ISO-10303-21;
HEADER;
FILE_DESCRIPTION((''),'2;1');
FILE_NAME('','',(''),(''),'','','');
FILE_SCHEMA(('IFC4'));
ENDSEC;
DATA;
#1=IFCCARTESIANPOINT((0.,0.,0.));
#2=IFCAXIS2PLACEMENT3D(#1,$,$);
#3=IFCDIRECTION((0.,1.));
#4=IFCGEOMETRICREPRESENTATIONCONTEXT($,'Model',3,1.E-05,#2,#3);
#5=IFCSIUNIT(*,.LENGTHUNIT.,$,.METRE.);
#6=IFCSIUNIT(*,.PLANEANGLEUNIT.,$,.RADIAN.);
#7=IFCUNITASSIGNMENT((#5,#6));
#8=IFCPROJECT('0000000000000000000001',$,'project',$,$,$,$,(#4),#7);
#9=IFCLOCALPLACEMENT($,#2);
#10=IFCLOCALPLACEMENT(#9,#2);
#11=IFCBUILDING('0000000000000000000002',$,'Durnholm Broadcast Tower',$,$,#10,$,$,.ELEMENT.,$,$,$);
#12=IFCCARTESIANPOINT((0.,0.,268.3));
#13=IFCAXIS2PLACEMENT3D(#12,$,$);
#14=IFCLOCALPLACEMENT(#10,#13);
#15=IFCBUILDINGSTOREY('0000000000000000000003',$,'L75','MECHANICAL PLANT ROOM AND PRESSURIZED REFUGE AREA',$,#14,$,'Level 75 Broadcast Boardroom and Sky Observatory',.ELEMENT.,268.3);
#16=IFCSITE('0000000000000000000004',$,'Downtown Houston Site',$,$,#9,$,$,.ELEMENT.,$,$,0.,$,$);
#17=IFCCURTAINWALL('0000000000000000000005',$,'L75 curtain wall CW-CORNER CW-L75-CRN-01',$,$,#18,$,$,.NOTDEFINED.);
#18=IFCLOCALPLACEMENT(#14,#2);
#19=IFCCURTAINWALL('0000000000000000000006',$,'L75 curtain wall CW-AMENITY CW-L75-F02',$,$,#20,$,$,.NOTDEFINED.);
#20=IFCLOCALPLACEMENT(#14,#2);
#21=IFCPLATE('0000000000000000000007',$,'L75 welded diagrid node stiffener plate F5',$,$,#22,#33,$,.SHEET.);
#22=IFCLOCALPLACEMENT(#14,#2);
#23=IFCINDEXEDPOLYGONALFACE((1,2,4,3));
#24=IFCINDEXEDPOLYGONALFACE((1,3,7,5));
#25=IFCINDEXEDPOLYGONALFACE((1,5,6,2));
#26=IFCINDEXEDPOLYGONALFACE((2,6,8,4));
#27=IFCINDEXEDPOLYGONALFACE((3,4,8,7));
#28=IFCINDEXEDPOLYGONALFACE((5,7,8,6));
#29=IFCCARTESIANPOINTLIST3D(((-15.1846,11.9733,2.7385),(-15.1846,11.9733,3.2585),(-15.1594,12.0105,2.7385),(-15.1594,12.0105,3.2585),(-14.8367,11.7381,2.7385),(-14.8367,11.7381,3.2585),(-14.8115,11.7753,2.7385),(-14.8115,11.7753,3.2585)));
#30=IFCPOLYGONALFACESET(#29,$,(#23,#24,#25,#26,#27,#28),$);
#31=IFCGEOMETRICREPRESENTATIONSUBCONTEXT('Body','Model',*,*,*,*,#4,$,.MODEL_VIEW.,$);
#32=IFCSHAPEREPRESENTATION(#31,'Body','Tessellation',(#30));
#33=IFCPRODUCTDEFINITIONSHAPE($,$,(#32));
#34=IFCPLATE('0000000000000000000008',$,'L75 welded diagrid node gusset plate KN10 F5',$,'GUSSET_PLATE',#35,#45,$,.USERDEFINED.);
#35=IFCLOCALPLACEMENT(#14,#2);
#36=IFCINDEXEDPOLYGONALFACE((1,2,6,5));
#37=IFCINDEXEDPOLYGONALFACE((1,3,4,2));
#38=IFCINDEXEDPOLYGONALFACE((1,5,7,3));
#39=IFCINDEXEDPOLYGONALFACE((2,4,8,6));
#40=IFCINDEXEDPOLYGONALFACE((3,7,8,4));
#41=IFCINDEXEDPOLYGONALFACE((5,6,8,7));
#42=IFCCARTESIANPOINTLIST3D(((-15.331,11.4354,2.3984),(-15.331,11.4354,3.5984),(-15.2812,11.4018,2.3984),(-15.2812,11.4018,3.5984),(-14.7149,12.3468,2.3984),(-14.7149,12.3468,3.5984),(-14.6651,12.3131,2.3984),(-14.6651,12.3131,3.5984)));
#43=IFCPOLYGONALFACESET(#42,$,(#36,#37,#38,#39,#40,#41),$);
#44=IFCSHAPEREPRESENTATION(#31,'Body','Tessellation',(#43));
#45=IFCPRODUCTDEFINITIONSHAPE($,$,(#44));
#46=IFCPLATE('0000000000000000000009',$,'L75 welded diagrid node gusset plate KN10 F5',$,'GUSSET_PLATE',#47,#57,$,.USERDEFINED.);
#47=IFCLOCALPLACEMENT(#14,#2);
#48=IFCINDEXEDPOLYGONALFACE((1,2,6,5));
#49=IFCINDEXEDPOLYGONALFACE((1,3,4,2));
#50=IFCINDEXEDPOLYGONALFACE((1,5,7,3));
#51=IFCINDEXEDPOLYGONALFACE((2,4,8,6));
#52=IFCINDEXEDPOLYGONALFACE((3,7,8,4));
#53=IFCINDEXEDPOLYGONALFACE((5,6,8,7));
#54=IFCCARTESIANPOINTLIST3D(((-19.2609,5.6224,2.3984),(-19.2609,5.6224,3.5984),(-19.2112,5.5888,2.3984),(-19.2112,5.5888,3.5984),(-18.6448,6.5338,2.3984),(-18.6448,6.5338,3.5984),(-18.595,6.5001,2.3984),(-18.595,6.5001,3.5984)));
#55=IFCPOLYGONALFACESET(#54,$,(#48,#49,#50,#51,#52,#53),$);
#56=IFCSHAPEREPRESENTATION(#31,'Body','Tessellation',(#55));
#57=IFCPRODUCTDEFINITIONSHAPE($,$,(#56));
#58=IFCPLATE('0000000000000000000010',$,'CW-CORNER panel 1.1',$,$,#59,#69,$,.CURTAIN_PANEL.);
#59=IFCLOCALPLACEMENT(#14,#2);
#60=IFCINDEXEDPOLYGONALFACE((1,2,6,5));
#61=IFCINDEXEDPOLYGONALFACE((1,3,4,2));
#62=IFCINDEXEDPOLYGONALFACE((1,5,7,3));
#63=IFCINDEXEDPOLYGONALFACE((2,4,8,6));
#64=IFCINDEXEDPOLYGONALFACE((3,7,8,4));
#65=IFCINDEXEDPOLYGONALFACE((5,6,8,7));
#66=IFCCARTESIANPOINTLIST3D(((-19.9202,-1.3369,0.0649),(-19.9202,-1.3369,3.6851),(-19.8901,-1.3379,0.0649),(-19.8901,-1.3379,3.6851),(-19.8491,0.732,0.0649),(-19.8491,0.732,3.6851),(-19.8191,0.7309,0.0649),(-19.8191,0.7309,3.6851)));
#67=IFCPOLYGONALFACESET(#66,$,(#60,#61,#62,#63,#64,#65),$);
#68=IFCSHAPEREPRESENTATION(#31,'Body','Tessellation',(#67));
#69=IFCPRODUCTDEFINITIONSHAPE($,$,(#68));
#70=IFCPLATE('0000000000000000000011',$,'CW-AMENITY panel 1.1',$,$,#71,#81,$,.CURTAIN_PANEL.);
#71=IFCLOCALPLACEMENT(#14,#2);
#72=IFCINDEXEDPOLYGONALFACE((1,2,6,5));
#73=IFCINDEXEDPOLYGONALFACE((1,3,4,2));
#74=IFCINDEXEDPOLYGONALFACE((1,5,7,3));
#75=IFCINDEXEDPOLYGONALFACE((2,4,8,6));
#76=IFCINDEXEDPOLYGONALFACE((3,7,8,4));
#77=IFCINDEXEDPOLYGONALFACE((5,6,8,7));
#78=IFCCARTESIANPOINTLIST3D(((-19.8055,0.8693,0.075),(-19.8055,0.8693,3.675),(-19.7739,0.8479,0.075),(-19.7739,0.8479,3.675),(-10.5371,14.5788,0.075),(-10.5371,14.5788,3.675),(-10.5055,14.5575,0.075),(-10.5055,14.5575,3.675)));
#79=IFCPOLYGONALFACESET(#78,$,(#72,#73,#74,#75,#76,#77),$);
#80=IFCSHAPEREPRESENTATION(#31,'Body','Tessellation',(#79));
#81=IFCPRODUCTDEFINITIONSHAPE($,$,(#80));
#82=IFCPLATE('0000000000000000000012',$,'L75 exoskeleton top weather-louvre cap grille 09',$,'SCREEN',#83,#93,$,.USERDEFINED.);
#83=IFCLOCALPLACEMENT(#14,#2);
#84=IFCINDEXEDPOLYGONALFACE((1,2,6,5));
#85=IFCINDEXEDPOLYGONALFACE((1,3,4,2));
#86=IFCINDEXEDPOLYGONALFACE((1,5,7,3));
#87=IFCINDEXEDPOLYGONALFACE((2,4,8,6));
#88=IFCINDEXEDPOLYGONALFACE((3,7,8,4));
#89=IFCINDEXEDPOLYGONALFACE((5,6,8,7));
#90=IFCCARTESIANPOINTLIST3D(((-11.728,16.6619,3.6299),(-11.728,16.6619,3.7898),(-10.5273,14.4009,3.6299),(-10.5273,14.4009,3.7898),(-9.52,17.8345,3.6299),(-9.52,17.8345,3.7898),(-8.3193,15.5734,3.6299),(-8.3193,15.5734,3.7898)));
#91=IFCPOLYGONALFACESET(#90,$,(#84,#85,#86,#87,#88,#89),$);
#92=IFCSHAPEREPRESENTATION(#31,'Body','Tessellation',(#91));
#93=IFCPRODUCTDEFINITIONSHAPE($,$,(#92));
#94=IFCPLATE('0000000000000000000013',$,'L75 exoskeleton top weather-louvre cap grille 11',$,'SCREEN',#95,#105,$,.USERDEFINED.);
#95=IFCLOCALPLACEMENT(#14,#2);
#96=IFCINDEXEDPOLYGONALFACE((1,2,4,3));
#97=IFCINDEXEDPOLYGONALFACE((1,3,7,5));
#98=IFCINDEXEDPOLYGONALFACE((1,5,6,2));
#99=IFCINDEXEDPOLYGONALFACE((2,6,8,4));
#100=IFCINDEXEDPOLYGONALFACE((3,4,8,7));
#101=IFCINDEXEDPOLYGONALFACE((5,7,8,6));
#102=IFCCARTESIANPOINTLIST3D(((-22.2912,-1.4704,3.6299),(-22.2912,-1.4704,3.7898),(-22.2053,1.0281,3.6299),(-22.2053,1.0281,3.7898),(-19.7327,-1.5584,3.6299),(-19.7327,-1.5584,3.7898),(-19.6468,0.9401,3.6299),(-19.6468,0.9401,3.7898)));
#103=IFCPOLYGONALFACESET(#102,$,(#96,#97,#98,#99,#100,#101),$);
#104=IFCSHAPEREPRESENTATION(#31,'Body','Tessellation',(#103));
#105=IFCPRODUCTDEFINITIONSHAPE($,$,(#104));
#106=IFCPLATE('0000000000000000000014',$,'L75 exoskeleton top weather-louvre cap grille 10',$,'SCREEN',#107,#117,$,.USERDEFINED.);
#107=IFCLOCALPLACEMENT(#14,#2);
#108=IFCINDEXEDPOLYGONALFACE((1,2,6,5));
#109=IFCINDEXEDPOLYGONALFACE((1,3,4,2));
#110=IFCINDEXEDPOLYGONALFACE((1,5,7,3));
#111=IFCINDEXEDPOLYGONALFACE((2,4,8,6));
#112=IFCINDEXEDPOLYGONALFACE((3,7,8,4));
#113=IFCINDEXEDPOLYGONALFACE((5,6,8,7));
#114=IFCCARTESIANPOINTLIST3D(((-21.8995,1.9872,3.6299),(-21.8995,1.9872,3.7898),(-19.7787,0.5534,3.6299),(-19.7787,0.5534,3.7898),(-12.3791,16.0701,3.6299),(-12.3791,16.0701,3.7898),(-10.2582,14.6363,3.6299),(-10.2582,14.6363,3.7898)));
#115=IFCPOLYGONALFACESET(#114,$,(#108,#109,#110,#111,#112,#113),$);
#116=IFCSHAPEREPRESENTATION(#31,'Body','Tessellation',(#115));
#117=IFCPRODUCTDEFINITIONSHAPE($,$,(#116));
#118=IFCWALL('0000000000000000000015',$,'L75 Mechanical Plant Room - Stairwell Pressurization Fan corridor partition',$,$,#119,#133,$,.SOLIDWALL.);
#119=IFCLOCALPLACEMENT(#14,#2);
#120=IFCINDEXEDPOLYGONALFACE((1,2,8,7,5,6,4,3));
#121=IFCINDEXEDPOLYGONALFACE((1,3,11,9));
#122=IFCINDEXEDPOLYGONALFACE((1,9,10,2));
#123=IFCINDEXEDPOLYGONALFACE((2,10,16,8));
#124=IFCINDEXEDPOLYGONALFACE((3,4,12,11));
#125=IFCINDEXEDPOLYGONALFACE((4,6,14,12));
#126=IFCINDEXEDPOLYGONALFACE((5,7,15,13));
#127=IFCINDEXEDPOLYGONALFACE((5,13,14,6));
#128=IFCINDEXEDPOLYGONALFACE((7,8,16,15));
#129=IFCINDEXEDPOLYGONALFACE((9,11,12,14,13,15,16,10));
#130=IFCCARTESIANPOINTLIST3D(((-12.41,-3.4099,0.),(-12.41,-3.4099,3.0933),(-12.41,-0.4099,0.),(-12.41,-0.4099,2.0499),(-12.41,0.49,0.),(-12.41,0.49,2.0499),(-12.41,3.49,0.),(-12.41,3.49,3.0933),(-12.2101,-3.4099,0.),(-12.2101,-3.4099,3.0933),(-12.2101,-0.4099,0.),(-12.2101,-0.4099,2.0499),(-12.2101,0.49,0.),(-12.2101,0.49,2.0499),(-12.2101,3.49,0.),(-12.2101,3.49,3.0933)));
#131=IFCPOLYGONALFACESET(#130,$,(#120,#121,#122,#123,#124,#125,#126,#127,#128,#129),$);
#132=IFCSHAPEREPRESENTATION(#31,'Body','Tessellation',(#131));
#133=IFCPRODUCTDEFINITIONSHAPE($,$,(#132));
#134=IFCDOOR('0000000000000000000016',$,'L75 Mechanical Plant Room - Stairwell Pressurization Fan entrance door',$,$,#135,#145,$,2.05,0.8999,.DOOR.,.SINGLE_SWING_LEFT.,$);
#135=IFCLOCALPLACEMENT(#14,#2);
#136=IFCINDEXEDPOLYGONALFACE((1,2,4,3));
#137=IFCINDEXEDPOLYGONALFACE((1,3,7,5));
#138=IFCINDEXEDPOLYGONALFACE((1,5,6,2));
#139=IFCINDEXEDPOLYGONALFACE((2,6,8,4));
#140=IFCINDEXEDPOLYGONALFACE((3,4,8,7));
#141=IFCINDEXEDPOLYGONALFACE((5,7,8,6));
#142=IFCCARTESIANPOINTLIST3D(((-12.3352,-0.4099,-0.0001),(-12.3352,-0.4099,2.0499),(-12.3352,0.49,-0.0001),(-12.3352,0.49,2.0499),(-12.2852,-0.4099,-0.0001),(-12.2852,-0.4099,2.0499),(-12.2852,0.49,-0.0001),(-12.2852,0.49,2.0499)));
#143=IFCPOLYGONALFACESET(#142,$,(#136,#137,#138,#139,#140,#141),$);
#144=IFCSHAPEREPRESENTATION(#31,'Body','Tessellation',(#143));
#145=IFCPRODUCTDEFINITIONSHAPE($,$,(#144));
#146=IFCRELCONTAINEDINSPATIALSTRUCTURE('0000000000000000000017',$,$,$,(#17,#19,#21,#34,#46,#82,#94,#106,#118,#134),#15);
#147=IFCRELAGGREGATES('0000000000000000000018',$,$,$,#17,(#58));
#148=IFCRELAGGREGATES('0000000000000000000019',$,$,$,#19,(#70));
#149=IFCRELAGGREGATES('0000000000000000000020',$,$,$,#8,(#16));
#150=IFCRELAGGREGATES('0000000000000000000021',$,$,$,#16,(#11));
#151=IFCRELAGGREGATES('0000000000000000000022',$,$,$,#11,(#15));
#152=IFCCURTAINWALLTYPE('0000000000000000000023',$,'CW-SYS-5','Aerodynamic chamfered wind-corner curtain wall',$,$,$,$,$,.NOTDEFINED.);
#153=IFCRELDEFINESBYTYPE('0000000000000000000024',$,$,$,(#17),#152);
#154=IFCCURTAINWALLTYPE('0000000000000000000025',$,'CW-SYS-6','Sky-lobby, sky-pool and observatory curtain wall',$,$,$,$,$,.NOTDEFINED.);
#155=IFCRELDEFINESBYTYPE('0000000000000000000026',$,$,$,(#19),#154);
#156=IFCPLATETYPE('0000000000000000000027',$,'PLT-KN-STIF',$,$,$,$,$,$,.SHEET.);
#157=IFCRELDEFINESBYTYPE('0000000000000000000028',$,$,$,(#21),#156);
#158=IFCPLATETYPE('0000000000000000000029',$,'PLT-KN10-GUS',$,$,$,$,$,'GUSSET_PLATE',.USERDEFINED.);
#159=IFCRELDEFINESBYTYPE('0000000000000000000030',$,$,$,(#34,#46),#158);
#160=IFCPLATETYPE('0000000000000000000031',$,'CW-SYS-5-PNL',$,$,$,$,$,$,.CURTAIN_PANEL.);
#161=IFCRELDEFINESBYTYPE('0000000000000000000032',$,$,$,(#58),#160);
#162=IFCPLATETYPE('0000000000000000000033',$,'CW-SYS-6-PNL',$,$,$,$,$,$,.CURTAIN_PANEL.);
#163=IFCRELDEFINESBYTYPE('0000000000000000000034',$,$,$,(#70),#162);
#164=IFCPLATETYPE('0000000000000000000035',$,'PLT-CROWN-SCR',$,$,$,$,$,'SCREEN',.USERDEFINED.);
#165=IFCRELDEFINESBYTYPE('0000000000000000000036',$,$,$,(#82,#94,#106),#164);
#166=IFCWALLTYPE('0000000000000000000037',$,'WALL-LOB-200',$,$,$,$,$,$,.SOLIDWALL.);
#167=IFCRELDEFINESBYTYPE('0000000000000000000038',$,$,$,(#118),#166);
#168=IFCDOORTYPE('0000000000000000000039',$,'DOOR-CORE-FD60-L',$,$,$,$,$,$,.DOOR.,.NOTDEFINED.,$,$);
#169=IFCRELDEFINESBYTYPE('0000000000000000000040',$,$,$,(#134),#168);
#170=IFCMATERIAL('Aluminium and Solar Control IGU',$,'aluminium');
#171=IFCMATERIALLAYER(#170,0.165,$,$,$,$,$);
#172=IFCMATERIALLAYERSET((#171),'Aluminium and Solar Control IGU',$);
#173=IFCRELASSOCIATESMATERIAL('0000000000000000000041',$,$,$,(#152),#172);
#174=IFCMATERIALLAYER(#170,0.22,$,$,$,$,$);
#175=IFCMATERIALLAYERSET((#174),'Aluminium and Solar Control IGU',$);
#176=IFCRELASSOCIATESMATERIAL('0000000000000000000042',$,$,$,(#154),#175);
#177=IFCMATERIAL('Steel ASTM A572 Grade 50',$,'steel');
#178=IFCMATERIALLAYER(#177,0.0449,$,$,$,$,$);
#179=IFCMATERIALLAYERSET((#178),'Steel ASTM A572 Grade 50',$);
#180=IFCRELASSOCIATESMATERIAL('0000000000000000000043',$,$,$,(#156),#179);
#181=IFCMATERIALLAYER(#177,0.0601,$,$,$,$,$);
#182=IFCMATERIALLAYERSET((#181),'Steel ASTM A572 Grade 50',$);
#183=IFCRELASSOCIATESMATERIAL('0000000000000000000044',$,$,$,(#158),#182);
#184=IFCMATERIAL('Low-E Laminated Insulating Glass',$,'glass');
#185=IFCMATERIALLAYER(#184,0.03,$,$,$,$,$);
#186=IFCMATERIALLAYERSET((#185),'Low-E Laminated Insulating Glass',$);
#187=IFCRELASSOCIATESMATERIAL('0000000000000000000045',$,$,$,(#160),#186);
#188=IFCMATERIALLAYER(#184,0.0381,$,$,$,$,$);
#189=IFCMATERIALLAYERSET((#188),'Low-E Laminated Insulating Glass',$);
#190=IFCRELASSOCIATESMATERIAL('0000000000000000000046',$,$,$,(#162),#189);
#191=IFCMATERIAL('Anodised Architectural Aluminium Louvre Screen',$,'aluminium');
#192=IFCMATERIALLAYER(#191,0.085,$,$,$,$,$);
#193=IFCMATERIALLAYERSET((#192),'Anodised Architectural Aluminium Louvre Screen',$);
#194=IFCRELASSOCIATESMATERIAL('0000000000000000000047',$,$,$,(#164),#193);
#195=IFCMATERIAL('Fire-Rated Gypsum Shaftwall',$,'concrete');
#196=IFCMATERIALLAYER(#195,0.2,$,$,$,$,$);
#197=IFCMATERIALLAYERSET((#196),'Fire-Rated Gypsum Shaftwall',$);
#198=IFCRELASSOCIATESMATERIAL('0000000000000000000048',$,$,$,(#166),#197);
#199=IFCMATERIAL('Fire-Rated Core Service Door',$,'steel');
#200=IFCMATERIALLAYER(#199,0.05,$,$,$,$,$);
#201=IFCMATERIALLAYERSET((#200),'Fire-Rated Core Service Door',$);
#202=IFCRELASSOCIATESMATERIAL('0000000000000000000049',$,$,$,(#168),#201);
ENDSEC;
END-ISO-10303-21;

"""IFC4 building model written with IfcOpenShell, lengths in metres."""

from ifc_helpers import new_model, si_unit, direction, frame, frame_2d, origin, origin_2d, place, context, subcontext, project, spatial, rectangle, extrude, source, transform, mapped, material, layer, layer_set, type_object, type_shapes, element, fill, aggregate, save


model = new_model("IFC4")

# Units and contexts
model_context = context("Model", 3, precision=1e-05, world=origin(), true_north=direction((0.0, 1.0)))
body_context = subcontext(model_context, "Body", "Model", "MODEL_VIEW")
ifc_project = project(units=[si_unit("LENGTHUNIT", "METRE"), si_unit("PLANEANGLEUNIT", "RADIAN")], contexts=[model_context])

# Site, building, storey
site_placement = place(None, origin())
site = spatial("IfcSite", under=ifc_project, at=site_placement, Name="Downtown Houston Site", CompositionType="ELEMENT", RefElevation=0.0)
building_placement = place(site_placement, origin())
building = spatial("IfcBuilding", under=site, at=building_placement, Name="Durnholm Broadcast Tower", CompositionType="ELEMENT")
storey_placement = place(building_placement, frame((0.0, 0.0, 268.3)))
storey = spatial("IfcBuildingStorey", under=building, at=storey_placement, Name="L75", Description="MECHANICAL PLANT ROOM AND PRESSURIZED REFUGE AREA", LongName="Level 75 Broadcast Boardroom and Sky Observatory", CompositionType="ELEMENT", Elevation=268.3)

# Curtain wall
ifc_material_1 = material(Name="Aluminium and Solar Control IGU", Category="aluminium")
ifc_layer_1 = layer(ifc_material_1, 0.165)
ifc_layer_set_1 = layer_set([ifc_layer_1], Name="Aluminium and Solar Control IGU")
curtain_wall_type_1 = type_object("IfcCurtainWallType", Name="CW-SYS-5", Description="Aerodynamic chamfered wind-corner curtain wall", PredefinedType="NOTDEFINED", material=ifc_layer_set_1)
curtain_wall_1_placement = place(storey_placement, origin())
curtain_wall_1 = element("IfcCurtainWall", 1, at=curtain_wall_1_placement, inside=storey, type_object=curtain_wall_type_1, Name="L75 curtain wall CW-CORNER CW-L75-CRN-01", PredefinedType="NOTDEFINED")

# Curtain wall
ifc_layer_2 = layer(ifc_material_1, 0.22)
ifc_layer_set_2 = layer_set([ifc_layer_2], Name="Aluminium and Solar Control IGU")
curtain_wall_type_2 = type_object("IfcCurtainWallType", Name="CW-SYS-6", Description="Sky-lobby, sky-pool and observatory curtain wall", PredefinedType="NOTDEFINED", material=ifc_layer_set_2)
curtain_wall_2_placement = place(storey_placement, origin())
curtain_wall_2 = element("IfcCurtainWall", 2, at=curtain_wall_2_placement, inside=storey, type_object=curtain_wall_type_2, Name="L75 curtain wall CW-AMENITY CW-L75-F02", PredefinedType="NOTDEFINED")

# Plates
ifc_material_2 = material(Name="Steel ASTM A572 Grade 50", Category="steel")
ifc_layer_3 = layer(ifc_material_2, 0.0449)
ifc_layer_set_3 = layer_set([ifc_layer_3], Name="Steel ASTM A572 Grade 50")
plate_type_1 = type_object("IfcPlateType", Name="PLT-KN-STIF", PredefinedType="SHEET", material=ifc_layer_set_3)
shared_shape_1 = source(origin(), body_context, "Body", "SweptSolid", [
    extrude(rectangle(XDim=0.0449, YDim=0.4199, at=origin_2d()), origin(), (0.0, 0.0, 1.0), 0.52),
])
type_shapes(plate_type_1, [shared_shape_1])
plate_1_placement = place(storey_placement, frame((-14.998, 11.8743, 2.7385), z_axis=(0.0, 0.0, 1.0), x_axis=(-0.560061, -0.828452, 0.0)))
element("IfcPlate", 3, at=plate_1_placement, inside=storey, type_object=plate_type_1, Name="L75 welded diagrid node stiffener plate F5", PredefinedType="SHEET", context=body_context, shape_type="MappedRepresentation", body=[
    mapped(shared_shape_1, transform((0.0, 0.0, 0.0), x_axis=(1.0, 0.0, 0.0), y_axis=(0.0, 1.0, 0.0), z_axis=(0.0, 0.0, 1.0), scale=1.0)),
])
ifc_layer_4 = layer(ifc_material_2, 0.0601)
ifc_layer_set_4 = layer_set([ifc_layer_4], Name="Steel ASTM A572 Grade 50")
plate_type_2 = type_object("IfcPlateType", Name="PLT-KN10-GUS", ElementType="GUSSET_PLATE", PredefinedType="USERDEFINED", material=ifc_layer_set_4)
shared_shape_2 = source(origin(), body_context, "Body", "SweptSolid", [
    extrude(rectangle(XDim=1.1001, YDim=0.0601, at=origin_2d()), origin(), (0.0, 0.0, 1.0), 1.2),
])
type_shapes(plate_type_2, [shared_shape_2])
for number, where, z_axis, x_axis, name in (
    (4, (-14.998, 11.8743, 2.3984), (0.0, 0.0, 1.0), (-0.560061, -0.828452, 0.0), "L75 welded diagrid node gusset plate KN10 F5"),
    (5, (-18.928, 6.0613, 2.3984), (0.0, 0.0, 1.0), (-0.560061, -0.828452, 0.0), "L75 welded diagrid node gusset plate KN10 F5"),
):
    element("IfcPlate", number, at=place(storey_placement, frame(where, z_axis=z_axis, x_axis=x_axis)), inside=storey, type_object=plate_type_2, Name=name, ObjectType="GUSSET_PLATE", PredefinedType="USERDEFINED", context=body_context, shape_type="MappedRepresentation", body=[
        mapped(shared_shape_2, transform((0.0, 0.0, 0.0), x_axis=(1.0, 0.0, 0.0), y_axis=(0.0, 1.0, 0.0), z_axis=(0.0, 0.0, 1.0), scale=1.0)),
    ])

# Plates
ifc_material_3 = material(Name="Low-E Laminated Insulating Glass", Category="glass")
ifc_layer_5 = layer(ifc_material_3, 0.03)
ifc_layer_set_5 = layer_set([ifc_layer_5], Name="Low-E Laminated Insulating Glass")
plate_type_3 = type_object("IfcPlateType", Name="CW-SYS-5-PNL", PredefinedType="CURTAIN_PANEL", material=ifc_layer_set_5)
shared_shape_3 = source(origin(), body_context, "Body", "SweptSolid", [
    extrude(rectangle(XDim=2.0701, YDim=0.03, at=origin_2d()), origin(), (0.0, 0.0, 1.0), 3.6201),
])
type_shapes(plate_type_3, [shared_shape_3])
plate_2_placement = place(storey_placement, frame((-19.8696, -0.303, 0.0649), z_axis=(0.0, 0.0, 1.0), x_axis=(0.034318, 0.999411, 0.0)))
plate_2 = element("IfcPlate", 6, at=plate_2_placement, type_object=plate_type_3, Name="CW-CORNER panel 1.1", PredefinedType="CURTAIN_PANEL", context=body_context, shape_type="MappedRepresentation", body=[
    mapped(shared_shape_3, transform((0.0, 0.0, 0.0), x_axis=(1.0, 0.0, 0.0), y_axis=(0.0, 1.0, 0.0), z_axis=(0.0, 0.0, 1.0), scale=1.0)),
])
aggregate(curtain_wall_1, [plate_2])
ifc_layer_6 = layer(ifc_material_3, 0.0381)
ifc_layer_set_6 = layer_set([ifc_layer_6], Name="Low-E Laminated Insulating Glass")
plate_type_4 = type_object("IfcPlateType", Name="CW-SYS-6-PNL", PredefinedType="CURTAIN_PANEL", material=ifc_layer_set_6)
shared_shape_4 = source(origin(), body_context, "Body", "SweptSolid", [
    extrude(rectangle(XDim=16.5486, YDim=0.0381, at=origin_2d()), origin(), (0.0, 0.0, 1.0), 3.6001),
])
type_shapes(plate_type_4, [shared_shape_4])
plate_3_placement = place(storey_placement, frame((-15.1555, 7.7134, 0.075), z_axis=(0.0, 0.0, 1.0), x_axis=(0.560073, 0.828443, 0.0)))
plate_3 = element("IfcPlate", 7, at=plate_3_placement, type_object=plate_type_4, Name="CW-AMENITY panel 1.1", PredefinedType="CURTAIN_PANEL", context=body_context, shape_type="MappedRepresentation", body=[
    mapped(shared_shape_4, transform((0.0, 0.0, 0.0), x_axis=(1.0, 0.0, 0.0), y_axis=(0.0, 1.0, 0.0), z_axis=(0.0, 0.0, 1.0), scale=1.0)),
])
aggregate(curtain_wall_2, [plate_3])

# Plates
ifc_material_4 = material(Name="Anodised Architectural Aluminium Louvre Screen", Category="aluminium")
ifc_layer_7 = layer(ifc_material_4, 0.085)
ifc_layer_set_7 = layer_set([ifc_layer_7], Name="Anodised Architectural Aluminium Louvre Screen")
plate_type_5 = type_object("IfcPlateType", Name="PLT-CROWN-SCR", ElementType="SCREEN", PredefinedType="USERDEFINED", material=ifc_layer_set_7)
shared_shape_5 = source(origin(), body_context, "Body", "SweptSolid", [
    extrude(rectangle(XDim=2.5, YDim=2.5601, at=origin_2d()), origin(), (0.0, 0.0, 1.0), 0.1599),
])
for number, where, z_axis, x_axis, name in (
    (8, (-10.0237, 16.1177, 3.6299), (0.0, 0.0, 1.0), (-0.883193, -0.469009, 0.0), "L75 exoskeleton top weather-louvre cap grille 09"),
    (9, (-20.969, -0.2651, 3.6299), (0.0, 0.0, 1.0), (-0.034376, -0.999409, 0.0), "L75 exoskeleton top weather-louvre cap grille 11"),
):
    element("IfcPlate", number, at=place(storey_placement, frame(where, z_axis=z_axis, x_axis=x_axis)), inside=storey, type_object=plate_type_5, Name=name, ObjectType="SCREEN", PredefinedType="USERDEFINED", context=body_context, shape_type="MappedRepresentation", body=[
        mapped(shared_shape_5, transform((0.0, 0.0, 0.0), x_axis=(1.0, 0.0, 0.0), y_axis=(0.0, 1.0, 0.0), z_axis=(0.0, 0.0, 1.0), scale=1.0)),
    ])
shared_shape_6 = source(origin(), body_context, "Body", "SweptSolid", [
    extrude(rectangle(XDim=16.999, YDim=2.5601, at=origin_2d()), origin(), (0.0, 0.0, 1.0), 0.1599),
])
type_shapes(plate_type_5, [shared_shape_5, shared_shape_6])
plate_4_placement = place(storey_placement, frame((-16.0789, 8.3118, 3.6299), z_axis=(0.0, 0.0, 1.0), x_axis=(-0.560061, -0.828452, 0.0)))
element("IfcPlate", 10, at=plate_4_placement, inside=storey, type_object=plate_type_5, Name="L75 exoskeleton top weather-louvre cap grille 10", ObjectType="SCREEN", PredefinedType="USERDEFINED", context=body_context, shape_type="MappedRepresentation", body=[
    mapped(shared_shape_6, transform((0.0, 0.0, 0.0), x_axis=(1.0, 0.0, 0.0), y_axis=(0.0, 1.0, 0.0), z_axis=(0.0, 0.0, 1.0), scale=1.0)),
])

# Wall, opening, door
ifc_material_5 = material(Name="Fire-Rated Gypsum Shaftwall", Category="concrete")
ifc_layer_8 = layer(ifc_material_5, 0.2)
ifc_layer_set_8 = layer_set([ifc_layer_8], Name="Fire-Rated Gypsum Shaftwall")
wall_type_1 = type_object("IfcWallType", Name="WALL-LOB-200", PredefinedType="SOLIDWALL", material=ifc_layer_set_8)
wall_1_placement = place(storey_placement, frame((-12.3101, 3.49, 0.0), z_axis=(0.0, 0.0, 1.0), x_axis=(0.0, -1.0, 0.0)))
wall_1 = element("IfcWall", 11, at=wall_1_placement, inside=storey, type_object=wall_type_1, Name="L75 Mechanical Plant Room - Stairwell Pressurization Fan corridor partition", PredefinedType="SOLIDWALL", context=body_context, shape_type="SweptSolid", body=[
    extrude(rectangle(XDim=6.8999, YDim=0.2, at=frame_2d((3.45, 0.0))), origin(), (0.0, 0.0, 1.0), 3.0933),
])
opening_1_placement = place(wall_1_placement, frame((3.0, 0.0, 0.0)))
opening_1 = element("IfcOpeningElement", 12, at=opening_1_placement, cuts=wall_1, PredefinedType="OPENING", context=body_context, shape_type="SweptSolid", body=[
    extrude(rectangle(XDim=0.8999, YDim=2.05, at=frame_2d((0.45, 1.0249))), frame((0.0, 0.1099, 0.0), z_axis=(0.0, -1.0, 0.0), x_axis=(1.0, 0.0, 0.0)), (0.0, 0.0, 1.0), 0.22),
])
ifc_material_6 = material(Name="Fire-Rated Core Service Door", Category="steel")
ifc_layer_9 = layer(ifc_material_6, 0.05)
ifc_layer_set_9 = layer_set([ifc_layer_9], Name="Fire-Rated Core Service Door")
door_type_1 = type_object("IfcDoorType", Name="DOOR-CORE-FD60-L", OperationType="NOTDEFINED", PredefinedType="DOOR", material=ifc_layer_set_9)
shared_shape_7 = source(origin(), body_context, "Body", "SweptSolid", [
    extrude(rectangle(XDim=0.8999, YDim=2.05, at=frame_2d((0.45, 1.0249))), frame((0.0, 0.0249, 0.0), z_axis=(0.0, -1.0, 0.0), x_axis=(1.0, 0.0, 0.0)), (0.0, 0.0, 1.0), 0.05),
])
type_shapes(door_type_1, [shared_shape_7])
door_1_placement = place(opening_1_placement, origin())
door_1 = element("IfcDoor", 13, at=door_1_placement, inside=storey, type_object=door_type_1, Name="L75 Mechanical Plant Room - Stairwell Pressurization Fan entrance door", OperationType="SINGLE_SWING_LEFT", OverallHeight=2.05, OverallWidth=0.8999, PredefinedType="DOOR", context=body_context, shape_type="MappedRepresentation", body=[
    mapped(shared_shape_7, transform((0.0, 0.0, 0.0), x_axis=(1.0, 0.0, 0.0), y_axis=(0.0, 1.0, 0.0), z_axis=(0.0, 0.0, 1.0), scale=1.0)),
])
fill(opening_1, door_1)

save(model, "model.ifc")
